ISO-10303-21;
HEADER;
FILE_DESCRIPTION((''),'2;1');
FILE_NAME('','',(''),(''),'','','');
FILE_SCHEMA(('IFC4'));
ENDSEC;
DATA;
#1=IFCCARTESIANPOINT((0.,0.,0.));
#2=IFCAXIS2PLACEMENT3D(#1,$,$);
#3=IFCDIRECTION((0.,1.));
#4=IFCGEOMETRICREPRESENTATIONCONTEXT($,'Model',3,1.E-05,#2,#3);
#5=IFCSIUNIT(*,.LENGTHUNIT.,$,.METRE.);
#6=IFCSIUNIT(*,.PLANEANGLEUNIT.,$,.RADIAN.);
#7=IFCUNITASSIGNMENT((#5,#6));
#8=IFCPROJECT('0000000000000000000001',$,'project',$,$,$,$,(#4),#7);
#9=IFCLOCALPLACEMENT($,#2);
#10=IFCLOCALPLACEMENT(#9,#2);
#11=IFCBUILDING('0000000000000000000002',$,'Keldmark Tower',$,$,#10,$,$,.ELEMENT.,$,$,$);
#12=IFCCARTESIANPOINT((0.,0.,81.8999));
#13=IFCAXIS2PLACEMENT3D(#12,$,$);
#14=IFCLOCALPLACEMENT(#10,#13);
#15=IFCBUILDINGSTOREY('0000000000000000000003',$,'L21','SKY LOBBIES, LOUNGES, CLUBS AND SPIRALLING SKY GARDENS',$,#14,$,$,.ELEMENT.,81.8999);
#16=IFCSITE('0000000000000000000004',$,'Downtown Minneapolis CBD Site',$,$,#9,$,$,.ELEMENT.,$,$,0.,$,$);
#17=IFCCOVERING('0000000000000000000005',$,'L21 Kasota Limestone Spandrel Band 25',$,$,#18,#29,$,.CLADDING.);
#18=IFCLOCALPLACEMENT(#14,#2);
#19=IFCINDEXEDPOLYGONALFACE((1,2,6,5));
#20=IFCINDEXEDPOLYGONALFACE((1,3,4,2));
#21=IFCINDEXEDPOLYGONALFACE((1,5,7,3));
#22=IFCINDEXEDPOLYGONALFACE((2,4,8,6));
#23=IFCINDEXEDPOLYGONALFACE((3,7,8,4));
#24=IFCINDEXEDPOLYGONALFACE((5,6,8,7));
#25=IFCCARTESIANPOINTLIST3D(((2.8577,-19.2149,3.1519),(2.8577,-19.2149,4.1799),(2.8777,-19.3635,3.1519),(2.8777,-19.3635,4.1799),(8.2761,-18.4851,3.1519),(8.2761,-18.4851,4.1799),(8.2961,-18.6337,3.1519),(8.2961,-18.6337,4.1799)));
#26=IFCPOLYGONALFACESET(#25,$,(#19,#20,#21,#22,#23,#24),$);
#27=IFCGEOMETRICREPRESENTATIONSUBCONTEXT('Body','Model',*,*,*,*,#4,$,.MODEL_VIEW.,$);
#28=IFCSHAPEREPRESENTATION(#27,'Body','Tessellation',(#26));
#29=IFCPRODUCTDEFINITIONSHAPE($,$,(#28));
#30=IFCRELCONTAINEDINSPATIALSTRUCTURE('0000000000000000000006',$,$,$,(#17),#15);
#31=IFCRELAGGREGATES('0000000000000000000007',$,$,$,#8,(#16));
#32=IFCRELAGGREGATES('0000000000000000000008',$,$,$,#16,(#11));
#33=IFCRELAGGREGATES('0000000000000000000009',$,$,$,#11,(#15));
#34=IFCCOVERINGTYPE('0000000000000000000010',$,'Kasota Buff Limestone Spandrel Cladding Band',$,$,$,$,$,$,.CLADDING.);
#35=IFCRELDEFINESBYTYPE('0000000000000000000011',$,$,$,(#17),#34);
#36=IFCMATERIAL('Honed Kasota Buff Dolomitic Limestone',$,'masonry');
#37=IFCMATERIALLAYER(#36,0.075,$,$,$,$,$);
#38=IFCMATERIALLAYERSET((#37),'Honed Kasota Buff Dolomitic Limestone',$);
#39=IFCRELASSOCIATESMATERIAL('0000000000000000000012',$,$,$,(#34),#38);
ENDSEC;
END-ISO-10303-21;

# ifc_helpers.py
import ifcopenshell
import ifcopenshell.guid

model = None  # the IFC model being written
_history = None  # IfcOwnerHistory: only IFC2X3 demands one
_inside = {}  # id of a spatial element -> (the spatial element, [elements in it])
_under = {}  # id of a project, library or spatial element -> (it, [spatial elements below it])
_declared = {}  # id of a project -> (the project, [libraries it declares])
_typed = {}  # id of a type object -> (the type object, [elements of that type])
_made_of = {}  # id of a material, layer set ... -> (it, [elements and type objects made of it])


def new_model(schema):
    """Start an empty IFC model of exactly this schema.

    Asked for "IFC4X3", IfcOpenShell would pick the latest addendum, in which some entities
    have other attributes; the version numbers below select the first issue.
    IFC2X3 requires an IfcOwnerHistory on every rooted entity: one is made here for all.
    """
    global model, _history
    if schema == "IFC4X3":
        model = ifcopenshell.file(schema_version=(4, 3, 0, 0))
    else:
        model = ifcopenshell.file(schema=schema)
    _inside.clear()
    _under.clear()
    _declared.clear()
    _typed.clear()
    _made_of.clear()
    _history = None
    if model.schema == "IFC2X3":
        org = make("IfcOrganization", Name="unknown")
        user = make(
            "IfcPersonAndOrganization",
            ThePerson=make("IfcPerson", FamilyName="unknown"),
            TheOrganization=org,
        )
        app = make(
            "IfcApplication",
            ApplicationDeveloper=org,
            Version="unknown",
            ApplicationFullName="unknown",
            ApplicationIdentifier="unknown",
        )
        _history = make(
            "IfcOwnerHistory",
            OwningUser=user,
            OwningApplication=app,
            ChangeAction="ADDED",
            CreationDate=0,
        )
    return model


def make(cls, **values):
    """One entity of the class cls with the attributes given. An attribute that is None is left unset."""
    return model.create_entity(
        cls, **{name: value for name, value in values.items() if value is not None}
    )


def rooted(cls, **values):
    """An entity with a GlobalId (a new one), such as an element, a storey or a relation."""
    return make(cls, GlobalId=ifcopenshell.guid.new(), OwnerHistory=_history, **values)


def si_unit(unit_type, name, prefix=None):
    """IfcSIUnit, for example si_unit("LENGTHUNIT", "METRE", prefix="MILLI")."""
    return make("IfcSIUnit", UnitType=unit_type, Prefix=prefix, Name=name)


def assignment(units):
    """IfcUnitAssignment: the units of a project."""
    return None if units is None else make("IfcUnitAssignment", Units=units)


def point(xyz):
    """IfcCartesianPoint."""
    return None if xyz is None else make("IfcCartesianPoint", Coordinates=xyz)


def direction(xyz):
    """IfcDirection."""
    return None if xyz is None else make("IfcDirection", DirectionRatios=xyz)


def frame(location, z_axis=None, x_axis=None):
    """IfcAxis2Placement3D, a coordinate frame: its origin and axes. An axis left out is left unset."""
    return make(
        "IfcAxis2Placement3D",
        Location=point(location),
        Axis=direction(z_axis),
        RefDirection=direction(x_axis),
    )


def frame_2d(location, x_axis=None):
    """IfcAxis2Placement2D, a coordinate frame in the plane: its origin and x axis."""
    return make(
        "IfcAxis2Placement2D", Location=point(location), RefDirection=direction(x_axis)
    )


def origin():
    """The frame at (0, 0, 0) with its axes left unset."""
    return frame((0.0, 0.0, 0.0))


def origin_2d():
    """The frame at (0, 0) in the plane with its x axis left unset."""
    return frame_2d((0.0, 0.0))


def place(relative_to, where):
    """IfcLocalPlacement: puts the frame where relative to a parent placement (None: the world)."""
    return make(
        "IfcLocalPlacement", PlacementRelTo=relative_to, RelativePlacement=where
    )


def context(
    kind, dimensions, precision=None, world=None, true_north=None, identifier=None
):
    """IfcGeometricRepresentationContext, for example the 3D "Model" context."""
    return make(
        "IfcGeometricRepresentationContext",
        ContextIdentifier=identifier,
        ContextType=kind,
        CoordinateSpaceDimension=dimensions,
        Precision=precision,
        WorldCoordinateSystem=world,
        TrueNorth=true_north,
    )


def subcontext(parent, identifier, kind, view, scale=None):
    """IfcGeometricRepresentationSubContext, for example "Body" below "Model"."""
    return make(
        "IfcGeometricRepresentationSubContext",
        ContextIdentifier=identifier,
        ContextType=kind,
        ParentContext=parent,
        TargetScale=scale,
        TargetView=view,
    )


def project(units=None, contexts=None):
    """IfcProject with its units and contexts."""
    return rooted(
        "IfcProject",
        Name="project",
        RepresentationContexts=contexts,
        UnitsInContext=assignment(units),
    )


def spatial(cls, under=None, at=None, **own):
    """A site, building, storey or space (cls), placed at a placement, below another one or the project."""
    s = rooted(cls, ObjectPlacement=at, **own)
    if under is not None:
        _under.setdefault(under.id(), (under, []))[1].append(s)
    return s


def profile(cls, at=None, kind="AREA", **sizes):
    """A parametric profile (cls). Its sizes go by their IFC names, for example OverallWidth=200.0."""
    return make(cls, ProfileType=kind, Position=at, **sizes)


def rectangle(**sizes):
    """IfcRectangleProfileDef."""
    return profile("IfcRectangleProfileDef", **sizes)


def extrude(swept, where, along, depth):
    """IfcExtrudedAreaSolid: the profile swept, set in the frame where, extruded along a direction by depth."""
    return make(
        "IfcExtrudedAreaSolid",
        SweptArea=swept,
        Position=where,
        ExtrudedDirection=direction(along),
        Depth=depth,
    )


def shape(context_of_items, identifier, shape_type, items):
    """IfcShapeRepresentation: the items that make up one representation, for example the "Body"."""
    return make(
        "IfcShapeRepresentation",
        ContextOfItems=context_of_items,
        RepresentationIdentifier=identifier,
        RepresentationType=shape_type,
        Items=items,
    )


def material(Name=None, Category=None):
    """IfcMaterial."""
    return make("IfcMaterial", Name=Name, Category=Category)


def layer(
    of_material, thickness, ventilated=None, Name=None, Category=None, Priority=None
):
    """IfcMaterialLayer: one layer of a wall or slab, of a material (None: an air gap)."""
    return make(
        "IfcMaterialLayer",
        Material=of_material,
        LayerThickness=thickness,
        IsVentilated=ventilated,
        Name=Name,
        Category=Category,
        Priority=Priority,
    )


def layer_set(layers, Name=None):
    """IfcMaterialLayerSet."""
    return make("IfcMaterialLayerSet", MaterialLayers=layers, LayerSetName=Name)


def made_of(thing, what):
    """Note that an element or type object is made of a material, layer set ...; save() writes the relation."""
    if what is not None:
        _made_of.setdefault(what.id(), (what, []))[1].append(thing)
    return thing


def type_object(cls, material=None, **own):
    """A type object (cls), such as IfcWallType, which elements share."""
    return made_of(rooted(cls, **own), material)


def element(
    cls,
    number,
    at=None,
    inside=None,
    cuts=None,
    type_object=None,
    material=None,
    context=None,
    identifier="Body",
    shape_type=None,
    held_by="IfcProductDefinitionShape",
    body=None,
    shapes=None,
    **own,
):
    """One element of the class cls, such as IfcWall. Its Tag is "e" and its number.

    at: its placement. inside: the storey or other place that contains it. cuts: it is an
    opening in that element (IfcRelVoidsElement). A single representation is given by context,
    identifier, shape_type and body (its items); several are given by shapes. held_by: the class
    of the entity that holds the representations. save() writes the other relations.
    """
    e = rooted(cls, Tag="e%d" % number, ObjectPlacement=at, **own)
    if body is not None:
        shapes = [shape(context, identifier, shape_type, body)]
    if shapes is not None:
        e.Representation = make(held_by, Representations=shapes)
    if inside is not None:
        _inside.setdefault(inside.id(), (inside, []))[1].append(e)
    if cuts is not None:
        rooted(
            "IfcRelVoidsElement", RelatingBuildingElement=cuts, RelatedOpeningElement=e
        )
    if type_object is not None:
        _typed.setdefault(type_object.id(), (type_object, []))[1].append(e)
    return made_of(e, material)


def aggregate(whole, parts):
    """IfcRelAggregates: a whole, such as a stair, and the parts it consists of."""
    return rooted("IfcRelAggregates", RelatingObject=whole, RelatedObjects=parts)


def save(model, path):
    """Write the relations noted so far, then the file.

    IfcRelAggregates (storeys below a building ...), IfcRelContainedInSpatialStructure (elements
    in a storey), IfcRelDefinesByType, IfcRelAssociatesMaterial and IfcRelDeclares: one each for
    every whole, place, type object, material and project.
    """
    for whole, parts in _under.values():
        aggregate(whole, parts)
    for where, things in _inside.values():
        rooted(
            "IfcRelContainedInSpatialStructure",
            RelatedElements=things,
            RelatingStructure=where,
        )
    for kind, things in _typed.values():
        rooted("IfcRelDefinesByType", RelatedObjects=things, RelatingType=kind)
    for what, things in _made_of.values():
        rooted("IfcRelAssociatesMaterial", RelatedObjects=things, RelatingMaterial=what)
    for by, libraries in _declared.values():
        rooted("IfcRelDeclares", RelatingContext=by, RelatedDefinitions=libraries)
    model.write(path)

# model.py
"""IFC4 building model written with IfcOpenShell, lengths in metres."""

from ifc_helpers import new_model, si_unit, direction, frame, origin, origin_2d, place, context, subcontext, project, spatial, rectangle, extrude, material, layer, layer_set, type_object, element, save


model = new_model("IFC4")

# Units and contexts
model_context = context("Model", 3, precision=1e-05, world=origin(), true_north=direction((0.0, 1.0)))
body_context = subcontext(model_context, "Body", "Model", "MODEL_VIEW")
ifc_project = project(units=[si_unit("LENGTHUNIT", "METRE"), si_unit("PLANEANGLEUNIT", "RADIAN")], contexts=[model_context])

# Site, building, storey
site_placement = place(None, origin())
site = spatial("IfcSite", under=ifc_project, at=site_placement, Name="Downtown Minneapolis CBD Site", CompositionType="ELEMENT", RefElevation=0.0)
building_placement = place(site_placement, origin())
building = spatial("IfcBuilding", under=site, at=building_placement, Name="Keldmark Tower", CompositionType="ELEMENT")
storey_placement = place(building_placement, frame((0.0, 0.0, 81.8999)))
storey = spatial("IfcBuildingStorey", under=building, at=storey_placement, Name="L21", Description="SKY LOBBIES, LOUNGES, CLUBS AND SPIRALLING SKY GARDENS", CompositionType="ELEMENT", Elevation=81.8999)

# Covering
ifc_material_1 = material(Name="Honed Kasota Buff Dolomitic Limestone", Category="masonry")
ifc_layer_1 = layer(ifc_material_1, 0.075)
ifc_layer_set_1 = layer_set([ifc_layer_1], Name="Honed Kasota Buff Dolomitic Limestone")
covering_type = type_object("IfcCoveringType", Name="Kasota Buff Limestone Spandrel Cladding Band", PredefinedType="CLADDING", material=ifc_layer_set_1)
covering_placement = place(storey_placement, frame((5.5769, -18.9243, 3.1519), z_axis=(0.0, 0.0, 1.0), x_axis=(0.991051, 0.133485, 0.0)))
element("IfcCovering", 1, at=covering_placement, inside=storey, type_object=covering_type, Name="L21 Kasota Limestone Spandrel Band 25", PredefinedType="CLADDING", context=body_context, shape_type="SweptSolid", body=[
    extrude(rectangle(XDim=5.4673, YDim=0.1499, at=origin_2d()), origin(), (0.0, 0.0, 1.0), 1.0281),
])

save(model, "model.ifc")
